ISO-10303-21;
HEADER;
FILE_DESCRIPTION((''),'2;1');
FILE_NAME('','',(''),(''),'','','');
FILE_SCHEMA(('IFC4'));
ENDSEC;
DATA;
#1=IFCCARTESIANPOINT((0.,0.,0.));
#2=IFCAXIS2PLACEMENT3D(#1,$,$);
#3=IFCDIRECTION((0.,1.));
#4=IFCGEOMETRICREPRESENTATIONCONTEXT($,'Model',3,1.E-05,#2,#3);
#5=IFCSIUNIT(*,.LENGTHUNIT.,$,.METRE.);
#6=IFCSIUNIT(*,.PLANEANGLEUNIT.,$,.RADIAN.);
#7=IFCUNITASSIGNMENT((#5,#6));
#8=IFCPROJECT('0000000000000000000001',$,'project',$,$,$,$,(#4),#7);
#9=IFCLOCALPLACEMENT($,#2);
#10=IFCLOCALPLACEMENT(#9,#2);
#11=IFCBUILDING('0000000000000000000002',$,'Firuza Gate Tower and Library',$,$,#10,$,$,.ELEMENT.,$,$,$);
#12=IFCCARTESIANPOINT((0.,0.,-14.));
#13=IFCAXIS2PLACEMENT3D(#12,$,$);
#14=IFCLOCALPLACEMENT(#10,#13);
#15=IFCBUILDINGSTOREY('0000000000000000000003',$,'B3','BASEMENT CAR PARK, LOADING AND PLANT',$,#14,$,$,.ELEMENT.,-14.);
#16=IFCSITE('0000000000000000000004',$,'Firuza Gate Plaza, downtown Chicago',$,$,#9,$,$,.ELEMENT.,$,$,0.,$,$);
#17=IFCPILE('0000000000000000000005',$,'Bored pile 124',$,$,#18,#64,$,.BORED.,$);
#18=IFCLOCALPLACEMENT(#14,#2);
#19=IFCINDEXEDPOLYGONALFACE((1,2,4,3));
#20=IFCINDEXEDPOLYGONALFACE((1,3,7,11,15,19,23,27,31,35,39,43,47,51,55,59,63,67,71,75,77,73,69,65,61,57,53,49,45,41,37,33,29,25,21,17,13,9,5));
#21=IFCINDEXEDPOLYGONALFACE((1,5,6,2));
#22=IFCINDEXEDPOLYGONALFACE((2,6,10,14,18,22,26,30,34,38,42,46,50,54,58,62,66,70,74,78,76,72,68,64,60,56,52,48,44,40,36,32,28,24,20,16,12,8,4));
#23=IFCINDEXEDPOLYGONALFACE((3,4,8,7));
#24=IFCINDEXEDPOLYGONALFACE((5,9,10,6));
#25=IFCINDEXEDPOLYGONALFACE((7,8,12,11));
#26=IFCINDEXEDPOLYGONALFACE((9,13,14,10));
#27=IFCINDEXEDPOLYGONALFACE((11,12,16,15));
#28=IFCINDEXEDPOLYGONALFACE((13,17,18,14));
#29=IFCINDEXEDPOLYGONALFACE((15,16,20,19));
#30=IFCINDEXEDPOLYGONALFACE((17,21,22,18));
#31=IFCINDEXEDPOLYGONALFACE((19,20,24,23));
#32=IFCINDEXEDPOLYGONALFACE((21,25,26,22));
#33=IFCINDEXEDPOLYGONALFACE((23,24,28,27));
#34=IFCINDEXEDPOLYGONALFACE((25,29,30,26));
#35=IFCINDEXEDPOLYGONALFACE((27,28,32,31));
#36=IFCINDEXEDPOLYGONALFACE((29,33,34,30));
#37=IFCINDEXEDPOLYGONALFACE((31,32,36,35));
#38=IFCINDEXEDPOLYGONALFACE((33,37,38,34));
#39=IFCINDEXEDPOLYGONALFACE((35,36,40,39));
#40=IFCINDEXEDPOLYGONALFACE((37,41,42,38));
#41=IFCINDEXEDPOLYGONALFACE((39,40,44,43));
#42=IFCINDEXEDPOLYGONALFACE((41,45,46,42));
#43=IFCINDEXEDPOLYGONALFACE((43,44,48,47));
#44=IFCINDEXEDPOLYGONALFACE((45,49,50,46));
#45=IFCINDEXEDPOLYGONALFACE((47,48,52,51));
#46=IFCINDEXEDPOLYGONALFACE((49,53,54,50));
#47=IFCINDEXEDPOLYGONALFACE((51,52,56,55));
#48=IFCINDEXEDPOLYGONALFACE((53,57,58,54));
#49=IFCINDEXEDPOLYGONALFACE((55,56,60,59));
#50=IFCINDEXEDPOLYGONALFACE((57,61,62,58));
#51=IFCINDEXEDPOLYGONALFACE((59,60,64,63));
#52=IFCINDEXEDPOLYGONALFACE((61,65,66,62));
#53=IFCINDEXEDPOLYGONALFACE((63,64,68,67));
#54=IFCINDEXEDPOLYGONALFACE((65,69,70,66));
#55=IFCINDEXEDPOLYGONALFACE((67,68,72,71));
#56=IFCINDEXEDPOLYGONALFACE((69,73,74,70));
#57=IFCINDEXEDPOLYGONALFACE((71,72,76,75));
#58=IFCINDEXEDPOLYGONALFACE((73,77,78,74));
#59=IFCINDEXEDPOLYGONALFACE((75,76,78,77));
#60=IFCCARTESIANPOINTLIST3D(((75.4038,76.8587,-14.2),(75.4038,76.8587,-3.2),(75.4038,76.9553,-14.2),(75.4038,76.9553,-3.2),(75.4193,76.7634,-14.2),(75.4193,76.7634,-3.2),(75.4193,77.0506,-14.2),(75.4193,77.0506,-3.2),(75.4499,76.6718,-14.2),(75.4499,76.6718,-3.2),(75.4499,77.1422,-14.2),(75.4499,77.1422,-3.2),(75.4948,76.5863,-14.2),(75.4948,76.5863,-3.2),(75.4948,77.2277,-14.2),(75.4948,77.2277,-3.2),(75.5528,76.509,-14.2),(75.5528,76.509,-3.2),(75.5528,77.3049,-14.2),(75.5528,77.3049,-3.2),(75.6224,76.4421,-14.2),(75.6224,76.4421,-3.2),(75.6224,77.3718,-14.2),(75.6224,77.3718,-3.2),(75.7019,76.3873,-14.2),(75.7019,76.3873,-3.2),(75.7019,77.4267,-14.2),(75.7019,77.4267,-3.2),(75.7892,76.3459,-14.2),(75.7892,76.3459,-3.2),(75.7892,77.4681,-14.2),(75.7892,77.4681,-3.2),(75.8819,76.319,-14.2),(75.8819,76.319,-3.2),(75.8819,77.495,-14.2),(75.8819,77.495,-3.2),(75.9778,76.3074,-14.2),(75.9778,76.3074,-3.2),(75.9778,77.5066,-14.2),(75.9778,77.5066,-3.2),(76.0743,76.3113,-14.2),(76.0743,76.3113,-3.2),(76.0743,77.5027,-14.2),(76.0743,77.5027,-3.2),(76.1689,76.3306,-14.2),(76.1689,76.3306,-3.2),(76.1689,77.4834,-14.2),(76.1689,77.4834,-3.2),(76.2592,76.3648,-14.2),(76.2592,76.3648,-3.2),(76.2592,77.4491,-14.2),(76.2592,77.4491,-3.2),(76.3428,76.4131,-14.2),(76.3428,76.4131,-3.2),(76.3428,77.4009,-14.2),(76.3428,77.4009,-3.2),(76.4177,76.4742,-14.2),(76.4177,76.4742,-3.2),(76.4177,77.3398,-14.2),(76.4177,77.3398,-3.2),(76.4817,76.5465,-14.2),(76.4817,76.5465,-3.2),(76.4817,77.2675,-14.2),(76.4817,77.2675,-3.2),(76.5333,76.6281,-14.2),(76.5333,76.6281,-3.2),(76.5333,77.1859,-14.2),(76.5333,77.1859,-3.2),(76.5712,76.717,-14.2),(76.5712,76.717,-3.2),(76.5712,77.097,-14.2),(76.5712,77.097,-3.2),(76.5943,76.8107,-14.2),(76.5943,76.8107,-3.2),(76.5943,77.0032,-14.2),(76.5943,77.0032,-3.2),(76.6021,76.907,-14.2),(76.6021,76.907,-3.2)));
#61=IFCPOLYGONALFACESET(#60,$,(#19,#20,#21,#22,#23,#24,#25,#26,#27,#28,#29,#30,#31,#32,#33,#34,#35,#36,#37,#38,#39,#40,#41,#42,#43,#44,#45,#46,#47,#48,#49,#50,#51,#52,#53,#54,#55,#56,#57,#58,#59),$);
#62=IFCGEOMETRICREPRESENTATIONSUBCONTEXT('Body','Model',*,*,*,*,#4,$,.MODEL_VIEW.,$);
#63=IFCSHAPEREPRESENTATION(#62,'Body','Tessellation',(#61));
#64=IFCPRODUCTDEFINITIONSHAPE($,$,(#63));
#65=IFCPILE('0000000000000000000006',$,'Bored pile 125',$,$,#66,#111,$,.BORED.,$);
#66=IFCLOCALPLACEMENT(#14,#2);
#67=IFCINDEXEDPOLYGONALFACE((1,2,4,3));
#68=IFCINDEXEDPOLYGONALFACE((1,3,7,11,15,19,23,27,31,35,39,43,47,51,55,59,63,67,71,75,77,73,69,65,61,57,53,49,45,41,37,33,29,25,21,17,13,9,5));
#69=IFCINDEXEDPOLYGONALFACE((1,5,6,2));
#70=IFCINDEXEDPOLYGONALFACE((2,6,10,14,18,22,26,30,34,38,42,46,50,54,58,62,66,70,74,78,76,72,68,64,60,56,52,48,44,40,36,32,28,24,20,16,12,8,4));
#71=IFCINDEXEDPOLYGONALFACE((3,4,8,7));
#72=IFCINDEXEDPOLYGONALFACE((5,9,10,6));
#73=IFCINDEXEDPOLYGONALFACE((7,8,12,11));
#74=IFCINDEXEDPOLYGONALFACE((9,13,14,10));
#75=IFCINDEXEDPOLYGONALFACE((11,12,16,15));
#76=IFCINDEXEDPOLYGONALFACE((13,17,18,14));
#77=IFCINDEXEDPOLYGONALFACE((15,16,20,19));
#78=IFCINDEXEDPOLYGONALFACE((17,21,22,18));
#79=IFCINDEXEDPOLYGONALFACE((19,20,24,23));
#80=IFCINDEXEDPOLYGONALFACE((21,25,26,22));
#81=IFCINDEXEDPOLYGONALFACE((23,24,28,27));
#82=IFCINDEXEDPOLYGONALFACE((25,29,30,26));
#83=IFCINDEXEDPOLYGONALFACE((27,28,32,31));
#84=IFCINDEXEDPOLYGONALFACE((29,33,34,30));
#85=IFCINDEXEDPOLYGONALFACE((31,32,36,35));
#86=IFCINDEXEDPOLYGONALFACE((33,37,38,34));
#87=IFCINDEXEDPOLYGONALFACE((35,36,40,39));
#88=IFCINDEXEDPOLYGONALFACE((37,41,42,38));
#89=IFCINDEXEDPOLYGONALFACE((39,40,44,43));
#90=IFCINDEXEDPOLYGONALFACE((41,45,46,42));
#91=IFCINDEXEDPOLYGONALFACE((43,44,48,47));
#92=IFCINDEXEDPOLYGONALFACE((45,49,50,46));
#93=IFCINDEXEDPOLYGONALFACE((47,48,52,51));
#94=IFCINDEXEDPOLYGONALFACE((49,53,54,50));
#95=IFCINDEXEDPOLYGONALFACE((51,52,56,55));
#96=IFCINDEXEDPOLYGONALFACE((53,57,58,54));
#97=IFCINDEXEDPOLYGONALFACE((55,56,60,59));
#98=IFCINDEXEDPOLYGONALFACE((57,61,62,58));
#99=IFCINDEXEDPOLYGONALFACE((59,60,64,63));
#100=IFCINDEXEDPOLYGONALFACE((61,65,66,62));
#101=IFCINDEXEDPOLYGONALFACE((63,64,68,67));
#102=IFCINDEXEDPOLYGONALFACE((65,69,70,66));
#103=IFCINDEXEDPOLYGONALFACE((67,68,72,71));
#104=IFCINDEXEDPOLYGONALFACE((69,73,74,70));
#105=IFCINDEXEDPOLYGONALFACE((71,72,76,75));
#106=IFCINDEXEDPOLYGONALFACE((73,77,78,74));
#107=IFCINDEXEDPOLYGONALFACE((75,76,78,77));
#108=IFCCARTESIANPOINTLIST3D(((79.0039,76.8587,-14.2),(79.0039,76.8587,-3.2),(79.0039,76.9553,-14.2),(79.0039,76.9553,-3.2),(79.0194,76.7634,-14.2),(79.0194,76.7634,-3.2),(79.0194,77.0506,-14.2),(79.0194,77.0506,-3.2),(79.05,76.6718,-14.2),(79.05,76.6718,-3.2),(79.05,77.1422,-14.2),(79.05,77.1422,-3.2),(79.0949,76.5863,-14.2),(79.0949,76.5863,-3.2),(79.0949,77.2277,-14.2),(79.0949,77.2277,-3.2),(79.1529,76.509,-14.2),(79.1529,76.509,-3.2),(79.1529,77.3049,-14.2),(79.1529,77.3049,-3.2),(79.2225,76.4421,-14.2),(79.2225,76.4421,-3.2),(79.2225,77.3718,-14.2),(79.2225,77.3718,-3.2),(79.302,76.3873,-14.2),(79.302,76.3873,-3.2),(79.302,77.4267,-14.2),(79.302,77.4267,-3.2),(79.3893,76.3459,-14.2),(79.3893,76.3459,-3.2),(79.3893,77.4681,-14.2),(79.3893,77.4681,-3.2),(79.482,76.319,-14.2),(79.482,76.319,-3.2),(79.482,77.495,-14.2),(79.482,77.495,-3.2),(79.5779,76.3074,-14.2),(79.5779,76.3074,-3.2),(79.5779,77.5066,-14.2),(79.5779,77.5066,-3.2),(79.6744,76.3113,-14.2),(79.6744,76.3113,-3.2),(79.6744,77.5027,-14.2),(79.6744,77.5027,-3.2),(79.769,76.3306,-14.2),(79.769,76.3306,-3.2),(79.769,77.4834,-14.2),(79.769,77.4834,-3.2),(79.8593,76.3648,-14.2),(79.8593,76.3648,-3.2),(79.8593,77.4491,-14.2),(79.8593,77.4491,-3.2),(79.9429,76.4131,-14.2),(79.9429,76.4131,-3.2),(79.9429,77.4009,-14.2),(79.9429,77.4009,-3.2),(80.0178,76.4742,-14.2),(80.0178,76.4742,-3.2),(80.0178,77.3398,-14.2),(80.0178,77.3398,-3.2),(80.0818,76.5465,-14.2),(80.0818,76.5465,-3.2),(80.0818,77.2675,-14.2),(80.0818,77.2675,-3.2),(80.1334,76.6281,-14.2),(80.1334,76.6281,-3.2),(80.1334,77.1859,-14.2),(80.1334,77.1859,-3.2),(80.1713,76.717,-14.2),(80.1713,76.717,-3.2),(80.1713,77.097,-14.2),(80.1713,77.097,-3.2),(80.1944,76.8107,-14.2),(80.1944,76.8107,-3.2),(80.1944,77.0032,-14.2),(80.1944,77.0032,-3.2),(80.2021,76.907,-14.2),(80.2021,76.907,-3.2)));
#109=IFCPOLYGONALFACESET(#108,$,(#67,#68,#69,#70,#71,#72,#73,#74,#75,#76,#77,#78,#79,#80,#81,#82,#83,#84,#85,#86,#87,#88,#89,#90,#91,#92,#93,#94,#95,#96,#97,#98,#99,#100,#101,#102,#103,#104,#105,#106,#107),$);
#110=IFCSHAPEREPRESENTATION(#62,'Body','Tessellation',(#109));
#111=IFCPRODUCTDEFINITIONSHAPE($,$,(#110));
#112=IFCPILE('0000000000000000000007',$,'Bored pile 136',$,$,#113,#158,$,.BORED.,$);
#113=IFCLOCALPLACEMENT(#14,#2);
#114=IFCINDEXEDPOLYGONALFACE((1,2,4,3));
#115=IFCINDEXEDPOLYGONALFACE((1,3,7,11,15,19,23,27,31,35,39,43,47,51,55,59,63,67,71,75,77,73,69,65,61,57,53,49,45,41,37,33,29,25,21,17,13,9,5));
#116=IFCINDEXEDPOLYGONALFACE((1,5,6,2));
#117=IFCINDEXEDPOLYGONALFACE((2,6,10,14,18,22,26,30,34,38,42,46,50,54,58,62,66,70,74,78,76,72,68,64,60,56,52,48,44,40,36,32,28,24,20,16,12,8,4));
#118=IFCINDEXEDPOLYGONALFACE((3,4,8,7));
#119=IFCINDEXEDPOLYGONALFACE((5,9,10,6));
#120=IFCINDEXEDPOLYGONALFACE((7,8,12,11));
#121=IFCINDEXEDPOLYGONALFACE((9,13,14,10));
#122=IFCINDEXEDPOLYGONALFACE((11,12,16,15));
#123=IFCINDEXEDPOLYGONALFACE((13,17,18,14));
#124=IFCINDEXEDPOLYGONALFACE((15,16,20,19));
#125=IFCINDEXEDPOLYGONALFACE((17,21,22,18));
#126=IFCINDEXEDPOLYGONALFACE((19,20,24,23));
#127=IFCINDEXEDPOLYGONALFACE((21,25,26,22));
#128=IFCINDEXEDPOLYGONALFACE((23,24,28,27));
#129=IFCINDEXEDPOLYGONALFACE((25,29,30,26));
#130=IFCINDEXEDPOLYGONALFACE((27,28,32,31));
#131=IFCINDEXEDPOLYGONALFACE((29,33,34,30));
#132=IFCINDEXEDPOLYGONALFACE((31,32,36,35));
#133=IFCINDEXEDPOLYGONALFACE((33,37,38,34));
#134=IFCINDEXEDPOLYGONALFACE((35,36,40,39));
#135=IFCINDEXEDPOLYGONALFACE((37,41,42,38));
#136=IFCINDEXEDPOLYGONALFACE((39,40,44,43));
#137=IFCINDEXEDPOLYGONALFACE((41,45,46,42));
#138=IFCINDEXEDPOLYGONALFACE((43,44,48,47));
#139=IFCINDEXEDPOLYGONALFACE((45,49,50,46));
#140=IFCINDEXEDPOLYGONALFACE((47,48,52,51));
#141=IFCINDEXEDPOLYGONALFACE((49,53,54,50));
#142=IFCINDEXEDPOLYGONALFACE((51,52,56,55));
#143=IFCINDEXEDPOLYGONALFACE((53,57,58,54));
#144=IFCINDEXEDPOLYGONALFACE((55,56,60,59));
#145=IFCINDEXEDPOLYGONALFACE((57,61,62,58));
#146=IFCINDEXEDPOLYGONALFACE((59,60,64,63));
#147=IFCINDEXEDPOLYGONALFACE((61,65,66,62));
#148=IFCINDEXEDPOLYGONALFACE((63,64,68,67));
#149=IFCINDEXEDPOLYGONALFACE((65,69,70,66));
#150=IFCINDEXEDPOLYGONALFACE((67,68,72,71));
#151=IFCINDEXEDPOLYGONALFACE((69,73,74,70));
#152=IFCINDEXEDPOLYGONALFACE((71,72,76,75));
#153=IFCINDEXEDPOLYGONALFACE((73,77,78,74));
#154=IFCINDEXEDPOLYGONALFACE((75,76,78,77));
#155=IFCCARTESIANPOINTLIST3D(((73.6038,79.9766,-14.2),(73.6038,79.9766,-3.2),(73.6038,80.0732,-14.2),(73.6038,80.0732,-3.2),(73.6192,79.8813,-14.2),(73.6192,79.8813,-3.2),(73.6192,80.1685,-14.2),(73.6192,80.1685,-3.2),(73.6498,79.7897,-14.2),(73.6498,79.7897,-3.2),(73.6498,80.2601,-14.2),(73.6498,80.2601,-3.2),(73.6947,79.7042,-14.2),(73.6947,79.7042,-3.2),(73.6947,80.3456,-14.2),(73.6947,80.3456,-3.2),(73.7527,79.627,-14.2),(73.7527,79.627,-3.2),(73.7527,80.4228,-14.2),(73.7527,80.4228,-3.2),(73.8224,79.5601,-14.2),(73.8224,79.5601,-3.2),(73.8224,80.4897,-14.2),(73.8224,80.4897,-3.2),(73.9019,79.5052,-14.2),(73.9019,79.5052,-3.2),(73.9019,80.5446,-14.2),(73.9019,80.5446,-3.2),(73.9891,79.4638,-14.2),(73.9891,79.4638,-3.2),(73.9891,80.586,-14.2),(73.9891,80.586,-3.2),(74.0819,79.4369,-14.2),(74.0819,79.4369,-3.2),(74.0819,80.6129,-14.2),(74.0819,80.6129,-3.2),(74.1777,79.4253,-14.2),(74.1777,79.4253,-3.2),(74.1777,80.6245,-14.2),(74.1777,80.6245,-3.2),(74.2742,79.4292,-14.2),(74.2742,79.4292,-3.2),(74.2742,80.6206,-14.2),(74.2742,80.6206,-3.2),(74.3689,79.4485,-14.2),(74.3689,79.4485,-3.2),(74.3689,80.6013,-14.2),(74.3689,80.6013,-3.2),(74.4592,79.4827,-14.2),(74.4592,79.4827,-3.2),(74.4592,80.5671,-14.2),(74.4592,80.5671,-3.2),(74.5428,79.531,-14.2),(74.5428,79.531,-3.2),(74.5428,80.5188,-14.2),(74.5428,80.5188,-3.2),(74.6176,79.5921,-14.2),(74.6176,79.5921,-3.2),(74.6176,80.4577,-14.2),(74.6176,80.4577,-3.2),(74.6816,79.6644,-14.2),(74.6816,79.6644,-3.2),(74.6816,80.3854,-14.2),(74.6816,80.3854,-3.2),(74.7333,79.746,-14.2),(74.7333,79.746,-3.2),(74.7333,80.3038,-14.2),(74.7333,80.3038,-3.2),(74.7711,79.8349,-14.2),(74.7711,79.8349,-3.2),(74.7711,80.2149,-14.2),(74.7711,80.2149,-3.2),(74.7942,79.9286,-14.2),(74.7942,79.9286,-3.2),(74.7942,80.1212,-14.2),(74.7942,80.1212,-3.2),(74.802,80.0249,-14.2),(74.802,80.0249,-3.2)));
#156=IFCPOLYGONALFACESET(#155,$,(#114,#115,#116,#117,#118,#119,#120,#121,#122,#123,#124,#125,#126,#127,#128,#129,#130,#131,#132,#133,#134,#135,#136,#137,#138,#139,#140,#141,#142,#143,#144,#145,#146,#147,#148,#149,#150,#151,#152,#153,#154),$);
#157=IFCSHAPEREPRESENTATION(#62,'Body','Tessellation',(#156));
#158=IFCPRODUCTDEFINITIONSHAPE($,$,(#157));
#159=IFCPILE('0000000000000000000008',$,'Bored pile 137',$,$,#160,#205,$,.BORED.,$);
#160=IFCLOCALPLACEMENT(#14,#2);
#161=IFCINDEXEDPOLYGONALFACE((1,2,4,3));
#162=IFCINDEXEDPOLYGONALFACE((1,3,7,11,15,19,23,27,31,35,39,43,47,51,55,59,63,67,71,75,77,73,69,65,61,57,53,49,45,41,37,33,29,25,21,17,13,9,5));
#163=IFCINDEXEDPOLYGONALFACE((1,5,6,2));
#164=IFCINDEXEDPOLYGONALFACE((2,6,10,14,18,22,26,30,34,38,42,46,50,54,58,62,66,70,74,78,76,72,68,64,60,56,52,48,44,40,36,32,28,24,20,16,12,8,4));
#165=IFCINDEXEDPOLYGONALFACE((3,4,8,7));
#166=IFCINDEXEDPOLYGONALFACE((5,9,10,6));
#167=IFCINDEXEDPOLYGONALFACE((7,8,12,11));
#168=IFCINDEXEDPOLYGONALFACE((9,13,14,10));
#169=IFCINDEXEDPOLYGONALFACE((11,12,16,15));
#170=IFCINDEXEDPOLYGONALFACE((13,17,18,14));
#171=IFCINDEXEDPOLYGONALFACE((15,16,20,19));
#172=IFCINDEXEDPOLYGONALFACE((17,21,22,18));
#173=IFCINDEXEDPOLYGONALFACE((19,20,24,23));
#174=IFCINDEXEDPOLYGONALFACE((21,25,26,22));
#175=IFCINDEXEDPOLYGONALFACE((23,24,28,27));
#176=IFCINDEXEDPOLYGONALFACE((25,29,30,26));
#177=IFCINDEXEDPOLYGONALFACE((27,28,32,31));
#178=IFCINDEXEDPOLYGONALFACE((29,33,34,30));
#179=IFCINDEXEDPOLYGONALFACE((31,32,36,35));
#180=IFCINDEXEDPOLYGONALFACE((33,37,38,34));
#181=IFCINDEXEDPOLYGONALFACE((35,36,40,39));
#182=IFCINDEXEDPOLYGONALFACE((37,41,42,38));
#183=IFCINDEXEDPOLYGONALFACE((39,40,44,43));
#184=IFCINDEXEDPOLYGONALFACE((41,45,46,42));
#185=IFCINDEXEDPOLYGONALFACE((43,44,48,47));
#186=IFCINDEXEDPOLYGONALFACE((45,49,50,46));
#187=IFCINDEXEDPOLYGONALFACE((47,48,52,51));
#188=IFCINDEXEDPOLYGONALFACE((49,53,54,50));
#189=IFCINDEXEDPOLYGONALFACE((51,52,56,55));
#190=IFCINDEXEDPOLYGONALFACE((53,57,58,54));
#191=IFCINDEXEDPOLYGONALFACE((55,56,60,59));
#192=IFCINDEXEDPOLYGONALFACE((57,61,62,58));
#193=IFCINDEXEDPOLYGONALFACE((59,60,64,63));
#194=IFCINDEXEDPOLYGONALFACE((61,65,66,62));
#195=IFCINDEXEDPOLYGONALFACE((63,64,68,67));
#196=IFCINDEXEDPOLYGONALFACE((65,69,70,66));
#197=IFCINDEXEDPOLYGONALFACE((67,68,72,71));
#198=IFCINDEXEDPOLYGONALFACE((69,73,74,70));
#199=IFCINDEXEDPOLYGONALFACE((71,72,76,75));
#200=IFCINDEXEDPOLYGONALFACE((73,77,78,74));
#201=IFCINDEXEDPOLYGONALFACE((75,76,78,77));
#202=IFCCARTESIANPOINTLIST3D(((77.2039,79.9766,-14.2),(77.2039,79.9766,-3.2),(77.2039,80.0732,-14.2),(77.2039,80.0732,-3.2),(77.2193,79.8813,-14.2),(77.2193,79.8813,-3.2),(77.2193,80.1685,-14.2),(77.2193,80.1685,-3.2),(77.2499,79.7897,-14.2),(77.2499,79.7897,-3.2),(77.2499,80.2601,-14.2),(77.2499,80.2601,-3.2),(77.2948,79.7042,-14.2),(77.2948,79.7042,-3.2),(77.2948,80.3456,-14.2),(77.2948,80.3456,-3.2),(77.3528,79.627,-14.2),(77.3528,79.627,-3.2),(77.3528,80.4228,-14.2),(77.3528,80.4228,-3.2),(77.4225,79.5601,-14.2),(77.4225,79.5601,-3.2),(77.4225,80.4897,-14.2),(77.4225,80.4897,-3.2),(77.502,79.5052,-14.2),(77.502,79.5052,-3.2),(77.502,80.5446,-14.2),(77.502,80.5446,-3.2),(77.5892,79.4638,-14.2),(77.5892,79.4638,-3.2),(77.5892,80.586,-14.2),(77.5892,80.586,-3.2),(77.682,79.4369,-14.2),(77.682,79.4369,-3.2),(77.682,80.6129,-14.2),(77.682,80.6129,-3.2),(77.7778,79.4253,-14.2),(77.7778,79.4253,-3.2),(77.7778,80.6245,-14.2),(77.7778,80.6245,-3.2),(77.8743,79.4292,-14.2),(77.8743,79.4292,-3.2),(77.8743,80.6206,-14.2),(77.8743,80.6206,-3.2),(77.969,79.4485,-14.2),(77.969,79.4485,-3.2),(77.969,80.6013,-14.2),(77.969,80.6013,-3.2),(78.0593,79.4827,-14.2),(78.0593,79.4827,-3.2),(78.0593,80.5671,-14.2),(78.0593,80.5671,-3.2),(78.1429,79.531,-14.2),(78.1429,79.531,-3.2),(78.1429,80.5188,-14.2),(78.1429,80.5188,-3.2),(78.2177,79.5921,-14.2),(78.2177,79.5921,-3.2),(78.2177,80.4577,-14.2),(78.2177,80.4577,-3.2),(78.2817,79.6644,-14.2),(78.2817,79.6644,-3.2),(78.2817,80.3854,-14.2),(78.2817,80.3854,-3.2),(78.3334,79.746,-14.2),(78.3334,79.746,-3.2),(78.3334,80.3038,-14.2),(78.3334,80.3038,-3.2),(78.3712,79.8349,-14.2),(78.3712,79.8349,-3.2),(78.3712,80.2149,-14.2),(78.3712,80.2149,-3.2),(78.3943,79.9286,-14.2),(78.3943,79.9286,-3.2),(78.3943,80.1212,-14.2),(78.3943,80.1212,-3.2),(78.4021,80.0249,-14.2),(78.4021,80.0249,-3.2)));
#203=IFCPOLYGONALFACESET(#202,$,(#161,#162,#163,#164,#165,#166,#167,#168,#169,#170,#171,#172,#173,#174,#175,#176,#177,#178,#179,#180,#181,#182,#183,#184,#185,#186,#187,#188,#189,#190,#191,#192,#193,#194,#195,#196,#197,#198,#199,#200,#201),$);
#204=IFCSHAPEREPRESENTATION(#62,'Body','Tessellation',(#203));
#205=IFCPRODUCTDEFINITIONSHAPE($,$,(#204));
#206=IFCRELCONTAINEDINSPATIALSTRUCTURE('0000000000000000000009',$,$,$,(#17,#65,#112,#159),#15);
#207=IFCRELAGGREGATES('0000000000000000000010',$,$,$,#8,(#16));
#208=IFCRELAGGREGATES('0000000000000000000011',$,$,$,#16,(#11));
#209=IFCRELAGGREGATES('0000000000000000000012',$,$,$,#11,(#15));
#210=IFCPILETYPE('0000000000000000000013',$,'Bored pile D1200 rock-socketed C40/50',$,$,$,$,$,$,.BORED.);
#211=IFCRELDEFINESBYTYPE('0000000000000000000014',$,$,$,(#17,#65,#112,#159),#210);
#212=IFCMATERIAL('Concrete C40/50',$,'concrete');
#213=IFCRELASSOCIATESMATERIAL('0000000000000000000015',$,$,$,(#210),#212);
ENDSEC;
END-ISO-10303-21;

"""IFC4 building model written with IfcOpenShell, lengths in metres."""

from ifc_helpers import new_model, si_unit, direction, frame, origin, origin_2d, place, context, subcontext, project, spatial, circle, extrude, material, material_profile, profile_set, type_object, element, save


model = new_model("IFC4")

# Units and contexts
model_context = context("Model", 3, precision=1e-05, world=origin(), true_north=direction((0.0, 1.0)))
body_context = subcontext(model_context, "Body", "Model", "MODEL_VIEW")
ifc_project = project(units=[si_unit("LENGTHUNIT", "METRE"), si_unit("PLANEANGLEUNIT", "RADIAN")], contexts=[model_context])

# Site, building, storey
site_placement = place(None, origin())
site = spatial("IfcSite", under=ifc_project, at=site_placement, Name="Firuza Gate Plaza, downtown Chicago", CompositionType="ELEMENT", RefElevation=0.0)
building_placement = place(site_placement, origin())
building = spatial("IfcBuilding", under=site, at=building_placement, Name="Firuza Gate Tower and Library", CompositionType="ELEMENT")
storey_placement = place(building_placement, frame((0.0, 0.0, -14.0)))
storey = spatial("IfcBuildingStorey", under=building, at=storey_placement, Name="B3", Description="BASEMENT CAR PARK, LOADING AND PLANT", CompositionType="ELEMENT", Elevation=-14.0)

# Piles
ifc_material_1 = material(Name="Concrete C40/50", Category="concrete")
ifc_material_profile_1 = material_profile(ifc_material_1, circle(Radius=0.6001, at=origin_2d()))
ifc_profile_set_1 = profile_set([ifc_material_profile_1], Name="Concrete C40/50")
pile_type = type_object("IfcPileType", Name="Bored pile D1200 rock-socketed C40/50", PredefinedType="BORED", material=ifc_profile_set_1)
for number, where, z_axis, x_axis, name in (
    (1, (76.002, 76.907, -3.2), (0.0, 0.0, -1.0), (1.0, 0.0, 0.0), "Bored pile 124"),
    (2, (79.6021, 76.907, -3.2), (0.0, 0.0, -1.0), (1.0, 0.0, 0.0), "Bored pile 125"),
    (3, (74.2019, 80.0249, -3.2), (0.0, 0.0, -1.0), (1.0, 0.0, 0.0), "Bored pile 136"),
    (4, (77.802, 80.0249, -3.2), (0.0, 0.0, -1.0), (1.0, 0.0, 0.0), "Bored pile 137"),
):
    element("IfcPile", number, at=place(storey_placement, frame(where, z_axis=z_axis, x_axis=x_axis)), inside=storey, type_object=pile_type, Name=name, PredefinedType="BORED", context=body_context, shape_type="SweptSolid", body=[
        extrude(circle(Radius=0.6001, at=origin_2d()), origin(), (0.0, 0.0, 1.0), 11.0),
    ])

save(model, "model.ifc")
